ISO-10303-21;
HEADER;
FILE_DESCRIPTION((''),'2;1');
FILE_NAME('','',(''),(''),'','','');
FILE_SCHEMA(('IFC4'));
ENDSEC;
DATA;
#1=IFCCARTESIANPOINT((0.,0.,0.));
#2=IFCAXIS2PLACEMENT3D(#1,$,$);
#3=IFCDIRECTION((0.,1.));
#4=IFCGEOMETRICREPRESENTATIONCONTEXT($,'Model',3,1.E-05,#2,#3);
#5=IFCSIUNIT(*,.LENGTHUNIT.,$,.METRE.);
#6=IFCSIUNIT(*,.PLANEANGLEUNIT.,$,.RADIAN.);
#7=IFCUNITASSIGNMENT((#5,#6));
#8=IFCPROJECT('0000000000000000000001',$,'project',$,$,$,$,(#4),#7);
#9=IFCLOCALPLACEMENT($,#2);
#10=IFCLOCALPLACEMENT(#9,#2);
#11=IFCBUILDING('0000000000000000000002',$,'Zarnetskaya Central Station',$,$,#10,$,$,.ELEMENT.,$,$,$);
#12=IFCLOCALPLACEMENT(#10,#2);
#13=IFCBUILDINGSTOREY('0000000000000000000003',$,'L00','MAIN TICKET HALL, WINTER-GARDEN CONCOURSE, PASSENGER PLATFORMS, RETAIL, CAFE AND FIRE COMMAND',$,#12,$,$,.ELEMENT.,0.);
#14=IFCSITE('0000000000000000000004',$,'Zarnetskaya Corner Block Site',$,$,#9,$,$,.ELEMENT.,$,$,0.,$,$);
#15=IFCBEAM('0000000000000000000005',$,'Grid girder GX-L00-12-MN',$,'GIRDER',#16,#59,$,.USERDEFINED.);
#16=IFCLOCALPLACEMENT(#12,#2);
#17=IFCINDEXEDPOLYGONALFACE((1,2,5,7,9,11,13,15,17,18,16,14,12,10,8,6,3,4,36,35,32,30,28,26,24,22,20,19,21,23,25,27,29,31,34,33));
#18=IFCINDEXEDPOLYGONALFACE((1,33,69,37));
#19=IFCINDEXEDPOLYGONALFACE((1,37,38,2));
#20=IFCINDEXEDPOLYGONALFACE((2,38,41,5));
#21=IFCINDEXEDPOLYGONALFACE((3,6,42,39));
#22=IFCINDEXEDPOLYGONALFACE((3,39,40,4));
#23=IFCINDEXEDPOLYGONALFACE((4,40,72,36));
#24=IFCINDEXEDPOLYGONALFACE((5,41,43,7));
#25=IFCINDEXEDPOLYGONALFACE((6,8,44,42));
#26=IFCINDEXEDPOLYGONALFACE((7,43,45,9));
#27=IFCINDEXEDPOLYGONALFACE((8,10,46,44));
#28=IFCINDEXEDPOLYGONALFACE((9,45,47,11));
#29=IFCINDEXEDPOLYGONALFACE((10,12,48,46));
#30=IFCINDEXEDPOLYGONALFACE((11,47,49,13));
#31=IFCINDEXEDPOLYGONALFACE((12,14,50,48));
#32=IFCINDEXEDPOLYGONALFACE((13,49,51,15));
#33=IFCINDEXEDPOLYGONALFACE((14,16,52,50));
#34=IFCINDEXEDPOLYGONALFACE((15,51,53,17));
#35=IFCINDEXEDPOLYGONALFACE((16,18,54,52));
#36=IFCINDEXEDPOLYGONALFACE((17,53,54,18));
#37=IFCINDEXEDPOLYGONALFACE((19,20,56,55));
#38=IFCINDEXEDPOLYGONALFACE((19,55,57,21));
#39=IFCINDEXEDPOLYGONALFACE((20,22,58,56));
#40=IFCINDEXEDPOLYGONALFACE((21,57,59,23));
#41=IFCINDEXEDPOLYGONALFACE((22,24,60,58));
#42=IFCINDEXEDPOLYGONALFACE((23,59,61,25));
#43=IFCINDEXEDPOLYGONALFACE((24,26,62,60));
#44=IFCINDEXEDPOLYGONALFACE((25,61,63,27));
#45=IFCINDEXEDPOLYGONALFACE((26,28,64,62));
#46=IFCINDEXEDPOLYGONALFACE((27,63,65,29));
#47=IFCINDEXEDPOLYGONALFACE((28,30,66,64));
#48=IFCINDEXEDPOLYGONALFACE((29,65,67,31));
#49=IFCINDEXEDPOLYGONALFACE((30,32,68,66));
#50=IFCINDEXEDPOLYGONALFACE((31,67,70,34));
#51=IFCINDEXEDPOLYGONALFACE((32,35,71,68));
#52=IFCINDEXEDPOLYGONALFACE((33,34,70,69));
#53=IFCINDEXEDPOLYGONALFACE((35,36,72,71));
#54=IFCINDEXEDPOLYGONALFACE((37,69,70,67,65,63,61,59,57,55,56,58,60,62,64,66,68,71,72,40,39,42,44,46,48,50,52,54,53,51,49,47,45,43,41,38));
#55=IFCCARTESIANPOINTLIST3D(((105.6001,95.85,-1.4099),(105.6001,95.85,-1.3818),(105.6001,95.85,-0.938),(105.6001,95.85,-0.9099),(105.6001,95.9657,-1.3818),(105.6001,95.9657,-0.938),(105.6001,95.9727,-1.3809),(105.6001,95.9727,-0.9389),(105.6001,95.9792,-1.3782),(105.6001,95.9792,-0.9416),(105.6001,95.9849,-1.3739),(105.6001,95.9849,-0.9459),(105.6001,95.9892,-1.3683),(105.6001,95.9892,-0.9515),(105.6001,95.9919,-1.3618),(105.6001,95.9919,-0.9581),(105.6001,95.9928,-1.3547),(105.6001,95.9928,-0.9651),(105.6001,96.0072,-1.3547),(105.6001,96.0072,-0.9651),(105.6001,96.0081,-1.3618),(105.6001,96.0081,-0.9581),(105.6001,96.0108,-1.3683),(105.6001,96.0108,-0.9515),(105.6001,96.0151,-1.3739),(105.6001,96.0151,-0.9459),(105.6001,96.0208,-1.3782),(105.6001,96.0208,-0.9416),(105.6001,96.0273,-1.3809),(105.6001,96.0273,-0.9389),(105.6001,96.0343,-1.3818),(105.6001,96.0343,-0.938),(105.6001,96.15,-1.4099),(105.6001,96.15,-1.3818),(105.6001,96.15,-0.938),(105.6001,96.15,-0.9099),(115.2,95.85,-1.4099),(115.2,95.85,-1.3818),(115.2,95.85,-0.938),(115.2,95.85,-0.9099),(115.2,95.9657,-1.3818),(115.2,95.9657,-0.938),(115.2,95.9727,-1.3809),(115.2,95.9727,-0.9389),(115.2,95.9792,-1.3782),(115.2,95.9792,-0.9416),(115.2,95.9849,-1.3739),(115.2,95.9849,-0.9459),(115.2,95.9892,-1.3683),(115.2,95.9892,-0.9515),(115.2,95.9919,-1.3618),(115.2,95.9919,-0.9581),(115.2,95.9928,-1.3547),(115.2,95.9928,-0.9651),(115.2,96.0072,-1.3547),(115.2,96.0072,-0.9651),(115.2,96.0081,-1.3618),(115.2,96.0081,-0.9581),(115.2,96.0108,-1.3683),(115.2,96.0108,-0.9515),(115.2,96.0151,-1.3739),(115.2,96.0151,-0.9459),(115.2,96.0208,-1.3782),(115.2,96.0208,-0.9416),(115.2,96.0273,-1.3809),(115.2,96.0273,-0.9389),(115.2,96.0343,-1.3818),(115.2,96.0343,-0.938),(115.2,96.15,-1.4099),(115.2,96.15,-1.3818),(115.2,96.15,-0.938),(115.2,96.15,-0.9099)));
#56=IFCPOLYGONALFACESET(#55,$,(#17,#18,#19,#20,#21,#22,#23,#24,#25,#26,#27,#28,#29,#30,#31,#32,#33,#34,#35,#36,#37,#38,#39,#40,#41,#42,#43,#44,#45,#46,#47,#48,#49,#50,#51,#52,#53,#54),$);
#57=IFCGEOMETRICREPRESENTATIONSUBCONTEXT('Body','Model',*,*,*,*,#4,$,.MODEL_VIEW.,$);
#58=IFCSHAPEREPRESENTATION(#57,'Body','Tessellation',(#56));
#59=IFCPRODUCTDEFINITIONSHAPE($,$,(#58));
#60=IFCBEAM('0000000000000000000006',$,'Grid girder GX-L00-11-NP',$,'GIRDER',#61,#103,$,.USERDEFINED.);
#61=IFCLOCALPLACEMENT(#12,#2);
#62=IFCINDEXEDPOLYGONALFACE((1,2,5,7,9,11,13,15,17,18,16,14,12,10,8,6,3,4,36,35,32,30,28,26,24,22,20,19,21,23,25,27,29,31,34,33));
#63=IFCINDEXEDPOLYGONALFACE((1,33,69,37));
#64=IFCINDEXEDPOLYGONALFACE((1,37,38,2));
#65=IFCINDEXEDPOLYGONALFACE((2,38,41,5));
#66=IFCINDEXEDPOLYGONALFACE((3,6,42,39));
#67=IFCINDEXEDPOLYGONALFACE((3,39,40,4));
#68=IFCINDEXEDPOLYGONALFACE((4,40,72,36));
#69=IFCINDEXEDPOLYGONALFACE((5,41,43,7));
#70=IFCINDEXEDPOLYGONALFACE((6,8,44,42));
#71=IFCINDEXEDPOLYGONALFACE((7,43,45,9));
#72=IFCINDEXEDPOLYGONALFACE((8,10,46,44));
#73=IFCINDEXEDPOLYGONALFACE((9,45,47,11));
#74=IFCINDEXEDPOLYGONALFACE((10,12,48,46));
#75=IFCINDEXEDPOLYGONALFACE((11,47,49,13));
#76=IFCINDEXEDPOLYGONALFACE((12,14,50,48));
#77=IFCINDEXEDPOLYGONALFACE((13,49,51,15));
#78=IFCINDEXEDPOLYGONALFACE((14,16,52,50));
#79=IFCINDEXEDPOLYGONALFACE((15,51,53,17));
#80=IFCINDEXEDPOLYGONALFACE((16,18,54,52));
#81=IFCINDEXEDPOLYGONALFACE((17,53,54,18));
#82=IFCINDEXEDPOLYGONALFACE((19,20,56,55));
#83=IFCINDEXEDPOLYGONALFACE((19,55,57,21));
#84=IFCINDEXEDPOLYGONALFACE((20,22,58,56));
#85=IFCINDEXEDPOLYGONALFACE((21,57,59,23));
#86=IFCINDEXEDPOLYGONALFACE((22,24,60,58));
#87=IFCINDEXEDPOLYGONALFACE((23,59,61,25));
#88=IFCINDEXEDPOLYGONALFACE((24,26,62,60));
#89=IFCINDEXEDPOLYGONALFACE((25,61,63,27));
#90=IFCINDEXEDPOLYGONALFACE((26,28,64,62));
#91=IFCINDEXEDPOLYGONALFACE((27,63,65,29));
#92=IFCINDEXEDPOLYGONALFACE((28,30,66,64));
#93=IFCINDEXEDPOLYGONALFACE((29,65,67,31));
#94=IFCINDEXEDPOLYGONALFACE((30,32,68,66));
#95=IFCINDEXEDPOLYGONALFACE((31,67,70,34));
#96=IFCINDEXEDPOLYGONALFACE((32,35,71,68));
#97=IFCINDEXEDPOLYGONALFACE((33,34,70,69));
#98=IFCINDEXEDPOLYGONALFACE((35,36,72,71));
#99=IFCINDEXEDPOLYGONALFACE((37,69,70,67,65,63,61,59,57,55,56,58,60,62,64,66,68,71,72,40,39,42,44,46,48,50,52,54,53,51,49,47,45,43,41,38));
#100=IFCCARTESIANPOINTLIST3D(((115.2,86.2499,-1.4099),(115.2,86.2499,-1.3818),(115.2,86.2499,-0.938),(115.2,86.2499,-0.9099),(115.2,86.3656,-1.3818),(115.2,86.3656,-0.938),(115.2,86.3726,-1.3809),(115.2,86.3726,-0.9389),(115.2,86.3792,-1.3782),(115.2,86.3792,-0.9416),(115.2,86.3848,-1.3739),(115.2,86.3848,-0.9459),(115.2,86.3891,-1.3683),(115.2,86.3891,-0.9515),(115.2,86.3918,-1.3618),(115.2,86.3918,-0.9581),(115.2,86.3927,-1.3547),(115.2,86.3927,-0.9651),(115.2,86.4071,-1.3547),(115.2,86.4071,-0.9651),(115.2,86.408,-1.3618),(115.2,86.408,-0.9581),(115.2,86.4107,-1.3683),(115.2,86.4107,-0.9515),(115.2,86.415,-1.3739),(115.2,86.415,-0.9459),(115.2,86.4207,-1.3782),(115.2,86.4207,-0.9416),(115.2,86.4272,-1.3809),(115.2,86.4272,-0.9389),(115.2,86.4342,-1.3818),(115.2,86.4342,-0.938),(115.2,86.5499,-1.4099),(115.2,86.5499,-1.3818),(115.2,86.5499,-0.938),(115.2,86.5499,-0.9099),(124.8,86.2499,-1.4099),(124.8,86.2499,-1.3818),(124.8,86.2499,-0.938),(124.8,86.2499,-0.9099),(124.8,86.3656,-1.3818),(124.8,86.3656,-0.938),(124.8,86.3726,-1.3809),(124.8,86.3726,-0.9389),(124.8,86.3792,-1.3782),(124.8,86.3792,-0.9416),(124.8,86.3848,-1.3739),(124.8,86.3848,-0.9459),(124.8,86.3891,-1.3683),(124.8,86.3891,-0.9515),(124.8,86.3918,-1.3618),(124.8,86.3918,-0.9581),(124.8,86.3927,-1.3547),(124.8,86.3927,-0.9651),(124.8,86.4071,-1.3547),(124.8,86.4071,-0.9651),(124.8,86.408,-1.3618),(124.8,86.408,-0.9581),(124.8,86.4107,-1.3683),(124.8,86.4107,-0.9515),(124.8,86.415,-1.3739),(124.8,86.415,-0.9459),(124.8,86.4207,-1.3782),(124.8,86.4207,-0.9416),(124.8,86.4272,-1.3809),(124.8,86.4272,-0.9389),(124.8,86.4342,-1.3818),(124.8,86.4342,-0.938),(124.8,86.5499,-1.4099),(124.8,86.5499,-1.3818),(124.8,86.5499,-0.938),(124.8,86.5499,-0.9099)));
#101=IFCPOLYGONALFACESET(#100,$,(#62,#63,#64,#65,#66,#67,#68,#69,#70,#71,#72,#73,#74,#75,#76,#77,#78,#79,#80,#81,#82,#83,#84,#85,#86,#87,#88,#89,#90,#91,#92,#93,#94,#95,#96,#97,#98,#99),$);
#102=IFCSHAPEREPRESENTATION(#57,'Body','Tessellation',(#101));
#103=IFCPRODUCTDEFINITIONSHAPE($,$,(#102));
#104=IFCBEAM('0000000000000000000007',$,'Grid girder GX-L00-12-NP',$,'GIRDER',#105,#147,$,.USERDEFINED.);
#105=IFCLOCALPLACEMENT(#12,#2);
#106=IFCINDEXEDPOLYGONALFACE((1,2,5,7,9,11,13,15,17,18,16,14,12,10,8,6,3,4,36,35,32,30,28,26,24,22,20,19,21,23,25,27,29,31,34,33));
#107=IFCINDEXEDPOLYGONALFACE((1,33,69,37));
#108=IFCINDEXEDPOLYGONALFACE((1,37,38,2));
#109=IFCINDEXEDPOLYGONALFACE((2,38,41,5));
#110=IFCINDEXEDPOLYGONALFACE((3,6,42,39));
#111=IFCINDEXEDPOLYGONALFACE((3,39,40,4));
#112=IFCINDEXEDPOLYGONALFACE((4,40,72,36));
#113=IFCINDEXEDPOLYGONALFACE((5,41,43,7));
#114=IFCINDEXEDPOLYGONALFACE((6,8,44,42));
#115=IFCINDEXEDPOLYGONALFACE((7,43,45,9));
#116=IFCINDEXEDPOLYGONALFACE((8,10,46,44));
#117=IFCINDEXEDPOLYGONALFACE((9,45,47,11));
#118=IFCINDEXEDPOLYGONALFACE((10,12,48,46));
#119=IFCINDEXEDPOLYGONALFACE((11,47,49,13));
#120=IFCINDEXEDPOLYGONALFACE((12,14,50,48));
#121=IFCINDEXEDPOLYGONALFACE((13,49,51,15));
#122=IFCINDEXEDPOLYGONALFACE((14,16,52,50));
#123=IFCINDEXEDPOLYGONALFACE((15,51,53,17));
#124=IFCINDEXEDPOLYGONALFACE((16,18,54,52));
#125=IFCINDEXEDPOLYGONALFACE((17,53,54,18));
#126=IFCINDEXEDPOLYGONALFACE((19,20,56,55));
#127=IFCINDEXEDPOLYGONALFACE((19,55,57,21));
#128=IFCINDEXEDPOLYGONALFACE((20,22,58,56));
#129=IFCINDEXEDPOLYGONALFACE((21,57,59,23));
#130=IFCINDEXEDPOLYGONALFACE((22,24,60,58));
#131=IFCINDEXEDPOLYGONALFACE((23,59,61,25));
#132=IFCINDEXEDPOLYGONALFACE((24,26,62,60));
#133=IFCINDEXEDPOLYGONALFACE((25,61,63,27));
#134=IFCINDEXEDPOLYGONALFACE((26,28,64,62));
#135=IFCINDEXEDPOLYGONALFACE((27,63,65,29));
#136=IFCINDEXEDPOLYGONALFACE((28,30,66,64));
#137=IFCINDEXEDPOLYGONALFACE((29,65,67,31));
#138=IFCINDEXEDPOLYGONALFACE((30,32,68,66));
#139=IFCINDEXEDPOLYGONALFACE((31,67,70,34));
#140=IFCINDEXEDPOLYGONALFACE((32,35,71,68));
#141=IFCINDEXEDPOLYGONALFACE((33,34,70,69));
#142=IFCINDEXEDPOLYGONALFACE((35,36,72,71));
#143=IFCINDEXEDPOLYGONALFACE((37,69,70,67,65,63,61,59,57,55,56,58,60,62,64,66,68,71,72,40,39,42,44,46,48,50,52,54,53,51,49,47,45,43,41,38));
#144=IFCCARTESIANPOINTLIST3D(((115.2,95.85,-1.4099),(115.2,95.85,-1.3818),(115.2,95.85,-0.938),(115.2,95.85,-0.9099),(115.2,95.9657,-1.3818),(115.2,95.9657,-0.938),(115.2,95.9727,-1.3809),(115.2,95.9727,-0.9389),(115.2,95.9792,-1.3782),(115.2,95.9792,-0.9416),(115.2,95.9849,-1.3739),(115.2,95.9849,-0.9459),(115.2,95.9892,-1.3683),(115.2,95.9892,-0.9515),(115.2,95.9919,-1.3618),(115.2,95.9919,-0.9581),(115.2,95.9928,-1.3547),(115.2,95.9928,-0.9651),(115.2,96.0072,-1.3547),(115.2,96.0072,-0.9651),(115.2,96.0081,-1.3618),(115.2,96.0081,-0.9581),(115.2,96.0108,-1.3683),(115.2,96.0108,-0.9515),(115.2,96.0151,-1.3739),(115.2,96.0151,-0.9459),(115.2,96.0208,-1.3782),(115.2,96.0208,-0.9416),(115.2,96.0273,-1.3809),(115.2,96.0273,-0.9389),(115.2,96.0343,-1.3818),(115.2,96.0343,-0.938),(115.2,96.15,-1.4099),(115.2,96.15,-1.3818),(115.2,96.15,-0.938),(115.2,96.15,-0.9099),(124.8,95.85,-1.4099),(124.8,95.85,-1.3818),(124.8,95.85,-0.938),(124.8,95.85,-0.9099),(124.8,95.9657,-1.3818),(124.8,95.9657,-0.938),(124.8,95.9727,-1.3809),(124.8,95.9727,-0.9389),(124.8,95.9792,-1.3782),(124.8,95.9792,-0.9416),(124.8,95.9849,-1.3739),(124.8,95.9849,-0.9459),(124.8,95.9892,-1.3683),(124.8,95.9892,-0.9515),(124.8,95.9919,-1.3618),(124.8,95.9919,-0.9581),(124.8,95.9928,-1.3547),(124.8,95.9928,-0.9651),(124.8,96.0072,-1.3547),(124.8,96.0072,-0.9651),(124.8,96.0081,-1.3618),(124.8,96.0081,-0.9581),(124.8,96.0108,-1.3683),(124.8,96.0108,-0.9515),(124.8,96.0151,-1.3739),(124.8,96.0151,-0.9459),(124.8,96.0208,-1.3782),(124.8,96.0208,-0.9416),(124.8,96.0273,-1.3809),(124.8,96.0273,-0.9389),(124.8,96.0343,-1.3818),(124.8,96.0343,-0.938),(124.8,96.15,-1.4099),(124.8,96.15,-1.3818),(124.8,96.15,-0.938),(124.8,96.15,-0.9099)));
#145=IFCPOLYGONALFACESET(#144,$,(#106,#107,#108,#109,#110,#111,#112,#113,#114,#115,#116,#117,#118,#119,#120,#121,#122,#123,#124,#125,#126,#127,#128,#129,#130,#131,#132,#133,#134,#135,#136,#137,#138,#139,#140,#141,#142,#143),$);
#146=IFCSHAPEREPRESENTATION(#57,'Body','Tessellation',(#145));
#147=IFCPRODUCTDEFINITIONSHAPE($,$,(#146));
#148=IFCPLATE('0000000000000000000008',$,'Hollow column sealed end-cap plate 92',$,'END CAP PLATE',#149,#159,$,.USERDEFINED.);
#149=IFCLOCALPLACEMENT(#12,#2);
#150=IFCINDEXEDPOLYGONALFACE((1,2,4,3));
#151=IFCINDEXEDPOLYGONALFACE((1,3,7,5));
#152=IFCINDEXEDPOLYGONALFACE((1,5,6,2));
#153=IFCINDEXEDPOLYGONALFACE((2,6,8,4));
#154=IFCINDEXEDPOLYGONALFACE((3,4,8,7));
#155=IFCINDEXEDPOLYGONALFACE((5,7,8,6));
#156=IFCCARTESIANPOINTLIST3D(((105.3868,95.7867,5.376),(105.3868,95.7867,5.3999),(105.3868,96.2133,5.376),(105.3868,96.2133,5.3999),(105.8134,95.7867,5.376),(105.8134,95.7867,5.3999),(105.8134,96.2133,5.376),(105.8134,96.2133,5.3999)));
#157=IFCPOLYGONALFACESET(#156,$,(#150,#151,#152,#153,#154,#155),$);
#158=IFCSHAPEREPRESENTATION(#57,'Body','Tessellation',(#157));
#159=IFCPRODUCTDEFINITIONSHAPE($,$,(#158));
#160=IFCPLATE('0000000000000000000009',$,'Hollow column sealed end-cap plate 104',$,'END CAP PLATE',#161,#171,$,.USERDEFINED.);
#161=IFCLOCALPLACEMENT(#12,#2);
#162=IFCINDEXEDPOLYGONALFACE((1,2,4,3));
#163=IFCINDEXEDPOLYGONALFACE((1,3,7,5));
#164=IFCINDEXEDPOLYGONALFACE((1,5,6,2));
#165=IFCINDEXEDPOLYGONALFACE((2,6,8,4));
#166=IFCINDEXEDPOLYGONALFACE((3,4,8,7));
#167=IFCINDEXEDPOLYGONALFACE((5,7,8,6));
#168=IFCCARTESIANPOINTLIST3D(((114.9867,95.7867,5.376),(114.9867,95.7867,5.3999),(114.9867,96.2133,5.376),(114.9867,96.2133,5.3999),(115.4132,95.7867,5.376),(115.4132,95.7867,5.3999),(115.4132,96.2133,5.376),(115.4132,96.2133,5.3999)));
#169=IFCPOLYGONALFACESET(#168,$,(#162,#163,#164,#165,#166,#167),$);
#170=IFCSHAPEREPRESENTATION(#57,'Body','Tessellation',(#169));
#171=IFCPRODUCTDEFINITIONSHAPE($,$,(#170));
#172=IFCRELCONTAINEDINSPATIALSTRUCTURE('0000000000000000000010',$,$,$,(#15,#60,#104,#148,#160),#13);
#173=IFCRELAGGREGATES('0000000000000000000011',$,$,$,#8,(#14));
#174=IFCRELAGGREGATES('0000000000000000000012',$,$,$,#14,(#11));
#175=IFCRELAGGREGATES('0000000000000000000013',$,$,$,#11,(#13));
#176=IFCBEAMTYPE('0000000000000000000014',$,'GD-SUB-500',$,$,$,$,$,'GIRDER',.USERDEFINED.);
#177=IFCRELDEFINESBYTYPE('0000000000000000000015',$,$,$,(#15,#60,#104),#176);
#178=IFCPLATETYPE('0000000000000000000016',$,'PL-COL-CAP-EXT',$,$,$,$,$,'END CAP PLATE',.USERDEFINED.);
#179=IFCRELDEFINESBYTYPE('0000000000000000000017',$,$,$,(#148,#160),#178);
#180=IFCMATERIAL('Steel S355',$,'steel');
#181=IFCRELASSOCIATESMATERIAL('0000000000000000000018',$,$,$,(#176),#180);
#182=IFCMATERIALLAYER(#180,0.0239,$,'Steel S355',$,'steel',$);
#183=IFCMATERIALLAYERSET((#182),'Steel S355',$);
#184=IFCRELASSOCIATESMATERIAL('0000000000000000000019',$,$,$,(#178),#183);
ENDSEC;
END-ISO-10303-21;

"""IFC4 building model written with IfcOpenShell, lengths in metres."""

from ifc_helpers import new_model, si_unit, direction, frame, origin, origin_2d, place, context, subcontext, project, spatial, rectangle, i_section, extrude, material, layer, layer_set, material_profile, profile_set, type_object, element, save


model = new_model("IFC4")

# Units and contexts
model_context = context("Model", 3, precision=1e-05, world=origin(), true_north=direction((0.0, 1.0)))
body_context = subcontext(model_context, "Body", "Model", "MODEL_VIEW")
ifc_project = project(units=[si_unit("LENGTHUNIT", "METRE"), si_unit("PLANEANGLEUNIT", "RADIAN")], contexts=[model_context])

# Site, building, storey
site_placement = place(None, origin())
site = spatial("IfcSite", under=ifc_project, at=site_placement, Name="Zarnetskaya Corner Block Site", CompositionType="ELEMENT", RefElevation=0.0)
building_placement = place(site_placement, origin())
building = spatial("IfcBuilding", under=site, at=building_placement, Name="Zarnetskaya Central Station", CompositionType="ELEMENT")
storey_placement = place(building_placement, origin())
storey = spatial("IfcBuildingStorey", under=building, at=storey_placement, Name="L00", Description="MAIN TICKET HALL, WINTER-GARDEN CONCOURSE, PASSENGER PLATFORMS, RETAIL, CAFE AND FIRE COMMAND", CompositionType="ELEMENT", Elevation=0.0)

# Shared definitions
ifc_material = material(Name="Steel S355", Category="steel")

# Beams
ifc_material_profile_1 = material_profile(ifc_material, i_section(OverallWidth=0.3, OverallDepth=0.5, WebThickness=0.0144, FlangeThickness=0.0281, FilletRadius=0.0271, at=origin_2d()), Name="HEB 500")
ifc_profile_set_1 = profile_set([ifc_material_profile_1], Name="Steel S355")
beam_type_1 = type_object("IfcBeamType", Name="GD-SUB-500", ElementType="GIRDER", PredefinedType="USERDEFINED", material=ifc_profile_set_1)
for number, where, z_axis, x_axis, name in (
    (1, (105.6001, 96.0, -1.1599), (1.0, 0.0, 0.0), (0.0, 1.0, 0.0), "Grid girder GX-L00-12-MN"),
):
    element("IfcBeam", number, at=place(storey_placement, frame(where, z_axis=z_axis, x_axis=x_axis)), inside=storey, type_object=beam_type_1, Name=name, ObjectType="GIRDER", PredefinedType="USERDEFINED", context=body_context, shape_type="SweptSolid", body=[
        extrude(i_section(OverallWidth=0.3, OverallDepth=0.5, WebThickness=0.0144, FlangeThickness=0.0281, FilletRadius=0.0271, at=origin_2d()), origin(), (0.0, 0.0, 1.0), 9.5999),
    ])
for number, where, z_axis, x_axis, name in (
    (2, (115.2, 86.3999, -1.1599), (1.0, 0.0, 0.0), (0.0, 1.0, 0.0), "Grid girder GX-L00-11-NP"),
    (3, (115.2, 96.0, -1.1599), (1.0, 0.0, 0.0), (0.0, 1.0, 0.0), "Grid girder GX-L00-12-NP"),
):
    element("IfcBeam", number, at=place(storey_placement, frame(where, z_axis=z_axis, x_axis=x_axis)), inside=storey, type_object=beam_type_1, Name=name, ObjectType="GIRDER", PredefinedType="USERDEFINED", context=body_context, shape_type="SweptSolid", body=[
        extrude(i_section(OverallWidth=0.3, OverallDepth=0.5, WebThickness=0.0144, FlangeThickness=0.0281, FilletRadius=0.0271, at=origin_2d()), origin(), (0.0, 0.0, 1.0), 9.6001),
    ])

# Plates
ifc_layer = layer(ifc_material, 0.0239, Name="Steel S355", Category="steel")
ifc_layer_set = layer_set([ifc_layer], Name="Steel S355")
plate_type = type_object("IfcPlateType", Name="PL-COL-CAP-EXT", ElementType="END CAP PLATE", PredefinedType="USERDEFINED", material=ifc_layer_set)
for number, where, z_axis, x_axis, name in (
    (4, (105.6001, 96.0, 5.376), (0.0, 0.0, 1.0), (1.0, 0.0, 0.0), "Hollow column sealed end-cap plate 92"),
    (5, (115.2, 96.0, 5.376), (0.0, 0.0, 1.0), (1.0, 0.0, 0.0), "Hollow column sealed end-cap plate 104"),
):
    element("IfcPlate", number, at=place(storey_placement, frame(where, z_axis=z_axis, x_axis=x_axis)), inside=storey, type_object=plate_type, Name=name, ObjectType="END CAP PLATE", PredefinedType="USERDEFINED", context=body_context, shape_type="SweptSolid", body=[
        extrude(rectangle(XDim=0.4265, YDim=0.4265, at=origin_2d()), origin(), (0.0, 0.0, 1.0), 0.0239),
    ])

save(model, "model.ifc")
